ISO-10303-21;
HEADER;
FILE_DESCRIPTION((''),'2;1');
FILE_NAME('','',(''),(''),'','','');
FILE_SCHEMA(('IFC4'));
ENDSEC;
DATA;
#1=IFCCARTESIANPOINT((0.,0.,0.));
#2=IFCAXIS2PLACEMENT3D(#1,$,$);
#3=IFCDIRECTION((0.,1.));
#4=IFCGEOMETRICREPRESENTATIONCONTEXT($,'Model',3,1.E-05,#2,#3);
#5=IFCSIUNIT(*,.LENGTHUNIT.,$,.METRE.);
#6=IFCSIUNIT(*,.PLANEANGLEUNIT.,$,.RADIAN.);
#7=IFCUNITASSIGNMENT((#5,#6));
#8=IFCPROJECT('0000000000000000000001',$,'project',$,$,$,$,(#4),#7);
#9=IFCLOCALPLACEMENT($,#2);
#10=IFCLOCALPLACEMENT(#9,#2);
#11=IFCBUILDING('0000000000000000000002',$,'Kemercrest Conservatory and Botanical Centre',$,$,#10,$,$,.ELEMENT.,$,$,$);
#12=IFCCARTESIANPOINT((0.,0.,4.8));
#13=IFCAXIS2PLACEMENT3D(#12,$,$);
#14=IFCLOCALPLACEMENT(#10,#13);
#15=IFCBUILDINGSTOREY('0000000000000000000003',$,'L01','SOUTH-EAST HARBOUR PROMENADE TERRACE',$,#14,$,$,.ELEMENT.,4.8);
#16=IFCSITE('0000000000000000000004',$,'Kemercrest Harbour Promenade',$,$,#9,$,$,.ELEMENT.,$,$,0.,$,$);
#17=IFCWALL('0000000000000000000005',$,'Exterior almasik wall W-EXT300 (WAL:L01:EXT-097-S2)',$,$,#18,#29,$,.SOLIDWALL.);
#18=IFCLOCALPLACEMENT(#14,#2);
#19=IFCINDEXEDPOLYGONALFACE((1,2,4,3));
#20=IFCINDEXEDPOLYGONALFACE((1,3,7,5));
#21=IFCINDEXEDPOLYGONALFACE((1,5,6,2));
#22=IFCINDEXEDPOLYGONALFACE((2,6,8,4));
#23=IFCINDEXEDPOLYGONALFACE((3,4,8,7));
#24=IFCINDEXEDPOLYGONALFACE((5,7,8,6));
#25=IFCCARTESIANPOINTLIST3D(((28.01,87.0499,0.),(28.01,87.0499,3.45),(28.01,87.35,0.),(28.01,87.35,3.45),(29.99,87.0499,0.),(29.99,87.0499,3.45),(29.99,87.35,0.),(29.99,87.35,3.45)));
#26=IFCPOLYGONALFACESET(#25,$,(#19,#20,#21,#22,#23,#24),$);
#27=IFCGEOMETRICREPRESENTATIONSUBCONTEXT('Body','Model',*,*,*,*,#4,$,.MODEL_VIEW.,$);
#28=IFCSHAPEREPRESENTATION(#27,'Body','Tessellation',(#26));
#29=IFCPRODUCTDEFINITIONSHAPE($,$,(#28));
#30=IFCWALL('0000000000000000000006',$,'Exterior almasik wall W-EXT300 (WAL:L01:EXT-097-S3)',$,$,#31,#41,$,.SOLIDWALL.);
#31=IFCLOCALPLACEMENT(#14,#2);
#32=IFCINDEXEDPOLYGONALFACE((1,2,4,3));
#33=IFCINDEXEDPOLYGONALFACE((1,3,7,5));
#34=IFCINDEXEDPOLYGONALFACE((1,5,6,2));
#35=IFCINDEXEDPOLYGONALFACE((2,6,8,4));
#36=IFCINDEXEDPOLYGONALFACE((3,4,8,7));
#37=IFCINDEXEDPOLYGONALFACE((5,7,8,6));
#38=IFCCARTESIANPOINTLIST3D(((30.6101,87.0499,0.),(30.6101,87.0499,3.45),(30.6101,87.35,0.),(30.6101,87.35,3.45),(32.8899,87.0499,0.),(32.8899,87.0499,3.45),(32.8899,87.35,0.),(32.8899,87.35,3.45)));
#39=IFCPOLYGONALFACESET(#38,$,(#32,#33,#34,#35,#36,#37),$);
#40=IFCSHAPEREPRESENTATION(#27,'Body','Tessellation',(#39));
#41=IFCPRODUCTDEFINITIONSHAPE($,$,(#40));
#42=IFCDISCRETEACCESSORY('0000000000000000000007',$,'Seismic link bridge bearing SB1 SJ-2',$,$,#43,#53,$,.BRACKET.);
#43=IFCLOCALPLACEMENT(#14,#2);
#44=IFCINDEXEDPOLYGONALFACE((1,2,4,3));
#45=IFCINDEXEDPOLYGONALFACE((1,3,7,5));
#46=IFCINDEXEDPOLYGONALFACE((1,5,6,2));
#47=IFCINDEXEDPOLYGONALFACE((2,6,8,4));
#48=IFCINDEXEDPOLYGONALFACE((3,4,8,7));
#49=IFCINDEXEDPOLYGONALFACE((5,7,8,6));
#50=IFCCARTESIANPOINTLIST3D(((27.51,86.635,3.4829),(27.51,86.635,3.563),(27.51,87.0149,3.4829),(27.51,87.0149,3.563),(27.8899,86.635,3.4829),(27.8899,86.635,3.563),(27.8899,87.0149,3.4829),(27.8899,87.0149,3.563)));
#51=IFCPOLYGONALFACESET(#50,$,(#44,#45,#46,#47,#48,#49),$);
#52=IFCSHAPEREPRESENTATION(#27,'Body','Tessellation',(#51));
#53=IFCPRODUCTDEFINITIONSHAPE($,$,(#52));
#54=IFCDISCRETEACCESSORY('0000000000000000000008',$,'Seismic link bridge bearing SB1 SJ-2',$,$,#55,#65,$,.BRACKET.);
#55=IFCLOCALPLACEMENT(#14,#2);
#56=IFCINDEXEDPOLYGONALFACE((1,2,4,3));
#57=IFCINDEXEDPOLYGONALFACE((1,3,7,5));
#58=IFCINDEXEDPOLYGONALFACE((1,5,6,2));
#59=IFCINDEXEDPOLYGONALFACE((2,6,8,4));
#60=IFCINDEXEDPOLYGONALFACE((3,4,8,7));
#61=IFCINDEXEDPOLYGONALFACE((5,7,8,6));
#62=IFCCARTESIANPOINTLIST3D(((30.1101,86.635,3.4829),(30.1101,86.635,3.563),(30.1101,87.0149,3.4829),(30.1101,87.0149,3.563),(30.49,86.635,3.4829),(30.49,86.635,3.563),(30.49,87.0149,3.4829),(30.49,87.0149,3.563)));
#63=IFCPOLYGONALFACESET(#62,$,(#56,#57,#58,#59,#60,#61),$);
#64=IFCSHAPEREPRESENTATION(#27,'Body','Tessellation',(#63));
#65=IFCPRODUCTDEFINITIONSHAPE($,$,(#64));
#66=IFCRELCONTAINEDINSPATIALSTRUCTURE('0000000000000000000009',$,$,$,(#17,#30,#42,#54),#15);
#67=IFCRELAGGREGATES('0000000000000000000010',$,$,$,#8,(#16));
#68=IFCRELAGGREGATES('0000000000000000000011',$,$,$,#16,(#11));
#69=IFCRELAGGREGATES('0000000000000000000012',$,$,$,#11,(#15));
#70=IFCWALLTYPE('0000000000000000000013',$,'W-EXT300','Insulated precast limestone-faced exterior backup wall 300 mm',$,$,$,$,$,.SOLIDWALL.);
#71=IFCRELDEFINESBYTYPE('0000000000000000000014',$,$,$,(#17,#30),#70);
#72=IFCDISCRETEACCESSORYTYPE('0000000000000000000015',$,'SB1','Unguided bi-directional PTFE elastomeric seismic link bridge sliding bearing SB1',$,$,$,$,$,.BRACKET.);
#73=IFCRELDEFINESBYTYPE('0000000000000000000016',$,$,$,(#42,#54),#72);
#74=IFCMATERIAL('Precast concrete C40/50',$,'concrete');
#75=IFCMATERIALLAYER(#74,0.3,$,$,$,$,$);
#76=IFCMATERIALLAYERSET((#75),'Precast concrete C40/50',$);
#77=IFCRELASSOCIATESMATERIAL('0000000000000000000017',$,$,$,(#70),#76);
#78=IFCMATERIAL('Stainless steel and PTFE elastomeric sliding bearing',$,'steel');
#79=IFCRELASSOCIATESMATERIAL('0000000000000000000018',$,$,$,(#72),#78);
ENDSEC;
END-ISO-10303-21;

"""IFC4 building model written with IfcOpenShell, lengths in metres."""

from ifc_helpers import new_model, si_unit, direction, frame, frame_2d, origin, origin_2d, place, context, subcontext, project, spatial, rectangle, extrude, material, layer, layer_set, type_object, element, save


model = new_model("IFC4")

# Units and contexts
model_context = context("Model", 3, precision=1e-05, world=origin(), true_north=direction((0.0, 1.0)))
body_context = subcontext(model_context, "Body", "Model", "MODEL_VIEW")
ifc_project = project(units=[si_unit("LENGTHUNIT", "METRE"), si_unit("PLANEANGLEUNIT", "RADIAN")], contexts=[model_context])

# Site, building, storey
site_placement = place(None, origin())
site = spatial("IfcSite", under=ifc_project, at=site_placement, Name="Kemercrest Harbour Promenade", CompositionType="ELEMENT", RefElevation=0.0)
building_placement = place(site_placement, origin())
building = spatial("IfcBuilding", under=site, at=building_placement, Name="Kemercrest Conservatory and Botanical Centre", CompositionType="ELEMENT")
storey_placement = place(building_placement, frame((0.0, 0.0, 4.8)))
storey = spatial("IfcBuildingStorey", under=building, at=storey_placement, Name="L01", Description="SOUTH-EAST HARBOUR PROMENADE TERRACE", CompositionType="ELEMENT", Elevation=4.8)

# Walls
ifc_material_1 = material(Name="Precast concrete C40/50", Category="concrete")
ifc_layer_1 = layer(ifc_material_1, 0.3)
ifc_layer_set_1 = layer_set([ifc_layer_1], Name="Precast concrete C40/50")
wall_type = type_object("IfcWallType", Name="W-EXT300", Description="Insulated precast limestone-faced exterior backup wall 300 mm", PredefinedType="SOLIDWALL", material=ifc_layer_set_1)
wall_1_placement = place(storey_placement, frame((28.01, 87.2, 0.0), z_axis=(0.0, 0.0, 1.0), x_axis=(1.0, 0.0, 0.0)))
element("IfcWall", 1, at=wall_1_placement, inside=storey, type_object=wall_type, Name="Exterior almasik wall W-EXT300 (WAL:L01:EXT-097-S2)", PredefinedType="SOLIDWALL", context=body_context, shape_type="SweptSolid", body=[
    extrude(rectangle(XDim=1.98, YDim=0.3, at=frame_2d((0.99, 0.0))), origin(), (0.0, 0.0, 1.0), 3.45),
])
wall_2_placement = place(storey_placement, frame((30.6101, 87.2, 0.0), z_axis=(0.0, 0.0, 1.0), x_axis=(1.0, 0.0, 0.0)))
element("IfcWall", 2, at=wall_2_placement, inside=storey, type_object=wall_type, Name="Exterior almasik wall W-EXT300 (WAL:L01:EXT-097-S3)", PredefinedType="SOLIDWALL", context=body_context, shape_type="SweptSolid", body=[
    extrude(rectangle(XDim=2.2798, YDim=0.3, at=frame_2d((1.1399, 0.0))), origin(), (0.0, 0.0, 1.0), 3.45),
])

# Discrete accessories
ifc_material_2 = material(Name="Stainless steel and PTFE elastomeric sliding bearing", Category="steel")
discrete_accessory_type = type_object("IfcDiscreteAccessoryType", Name="SB1", Description="Unguided bi-directional PTFE elastomeric seismic link bridge sliding bearing SB1", PredefinedType="BRACKET", material=ifc_material_2)
for number, where, z_axis, x_axis, name in (
    (3, (27.7, 86.825, 3.4829), (0.0, 0.0, 1.0), (1.0, 0.0, 0.0), "Seismic link bridge bearing SB1 SJ-2"),
    (4, (30.3, 86.825, 3.4829), (0.0, 0.0, 1.0), (1.0, 0.0, 0.0), "Seismic link bridge bearing SB1 SJ-2"),
):
    element("IfcDiscreteAccessory", number, at=place(storey_placement, frame(where, z_axis=z_axis, x_axis=x_axis)), inside=storey, type_object=discrete_accessory_type, Name=name, PredefinedType="BRACKET", context=body_context, shape_type="SweptSolid", body=[
        extrude(rectangle(XDim=0.3799, YDim=0.3799, at=origin_2d()), origin(), (0.0, 0.0, 1.0), 0.0801),
    ])

save(model, "model.ifc")
